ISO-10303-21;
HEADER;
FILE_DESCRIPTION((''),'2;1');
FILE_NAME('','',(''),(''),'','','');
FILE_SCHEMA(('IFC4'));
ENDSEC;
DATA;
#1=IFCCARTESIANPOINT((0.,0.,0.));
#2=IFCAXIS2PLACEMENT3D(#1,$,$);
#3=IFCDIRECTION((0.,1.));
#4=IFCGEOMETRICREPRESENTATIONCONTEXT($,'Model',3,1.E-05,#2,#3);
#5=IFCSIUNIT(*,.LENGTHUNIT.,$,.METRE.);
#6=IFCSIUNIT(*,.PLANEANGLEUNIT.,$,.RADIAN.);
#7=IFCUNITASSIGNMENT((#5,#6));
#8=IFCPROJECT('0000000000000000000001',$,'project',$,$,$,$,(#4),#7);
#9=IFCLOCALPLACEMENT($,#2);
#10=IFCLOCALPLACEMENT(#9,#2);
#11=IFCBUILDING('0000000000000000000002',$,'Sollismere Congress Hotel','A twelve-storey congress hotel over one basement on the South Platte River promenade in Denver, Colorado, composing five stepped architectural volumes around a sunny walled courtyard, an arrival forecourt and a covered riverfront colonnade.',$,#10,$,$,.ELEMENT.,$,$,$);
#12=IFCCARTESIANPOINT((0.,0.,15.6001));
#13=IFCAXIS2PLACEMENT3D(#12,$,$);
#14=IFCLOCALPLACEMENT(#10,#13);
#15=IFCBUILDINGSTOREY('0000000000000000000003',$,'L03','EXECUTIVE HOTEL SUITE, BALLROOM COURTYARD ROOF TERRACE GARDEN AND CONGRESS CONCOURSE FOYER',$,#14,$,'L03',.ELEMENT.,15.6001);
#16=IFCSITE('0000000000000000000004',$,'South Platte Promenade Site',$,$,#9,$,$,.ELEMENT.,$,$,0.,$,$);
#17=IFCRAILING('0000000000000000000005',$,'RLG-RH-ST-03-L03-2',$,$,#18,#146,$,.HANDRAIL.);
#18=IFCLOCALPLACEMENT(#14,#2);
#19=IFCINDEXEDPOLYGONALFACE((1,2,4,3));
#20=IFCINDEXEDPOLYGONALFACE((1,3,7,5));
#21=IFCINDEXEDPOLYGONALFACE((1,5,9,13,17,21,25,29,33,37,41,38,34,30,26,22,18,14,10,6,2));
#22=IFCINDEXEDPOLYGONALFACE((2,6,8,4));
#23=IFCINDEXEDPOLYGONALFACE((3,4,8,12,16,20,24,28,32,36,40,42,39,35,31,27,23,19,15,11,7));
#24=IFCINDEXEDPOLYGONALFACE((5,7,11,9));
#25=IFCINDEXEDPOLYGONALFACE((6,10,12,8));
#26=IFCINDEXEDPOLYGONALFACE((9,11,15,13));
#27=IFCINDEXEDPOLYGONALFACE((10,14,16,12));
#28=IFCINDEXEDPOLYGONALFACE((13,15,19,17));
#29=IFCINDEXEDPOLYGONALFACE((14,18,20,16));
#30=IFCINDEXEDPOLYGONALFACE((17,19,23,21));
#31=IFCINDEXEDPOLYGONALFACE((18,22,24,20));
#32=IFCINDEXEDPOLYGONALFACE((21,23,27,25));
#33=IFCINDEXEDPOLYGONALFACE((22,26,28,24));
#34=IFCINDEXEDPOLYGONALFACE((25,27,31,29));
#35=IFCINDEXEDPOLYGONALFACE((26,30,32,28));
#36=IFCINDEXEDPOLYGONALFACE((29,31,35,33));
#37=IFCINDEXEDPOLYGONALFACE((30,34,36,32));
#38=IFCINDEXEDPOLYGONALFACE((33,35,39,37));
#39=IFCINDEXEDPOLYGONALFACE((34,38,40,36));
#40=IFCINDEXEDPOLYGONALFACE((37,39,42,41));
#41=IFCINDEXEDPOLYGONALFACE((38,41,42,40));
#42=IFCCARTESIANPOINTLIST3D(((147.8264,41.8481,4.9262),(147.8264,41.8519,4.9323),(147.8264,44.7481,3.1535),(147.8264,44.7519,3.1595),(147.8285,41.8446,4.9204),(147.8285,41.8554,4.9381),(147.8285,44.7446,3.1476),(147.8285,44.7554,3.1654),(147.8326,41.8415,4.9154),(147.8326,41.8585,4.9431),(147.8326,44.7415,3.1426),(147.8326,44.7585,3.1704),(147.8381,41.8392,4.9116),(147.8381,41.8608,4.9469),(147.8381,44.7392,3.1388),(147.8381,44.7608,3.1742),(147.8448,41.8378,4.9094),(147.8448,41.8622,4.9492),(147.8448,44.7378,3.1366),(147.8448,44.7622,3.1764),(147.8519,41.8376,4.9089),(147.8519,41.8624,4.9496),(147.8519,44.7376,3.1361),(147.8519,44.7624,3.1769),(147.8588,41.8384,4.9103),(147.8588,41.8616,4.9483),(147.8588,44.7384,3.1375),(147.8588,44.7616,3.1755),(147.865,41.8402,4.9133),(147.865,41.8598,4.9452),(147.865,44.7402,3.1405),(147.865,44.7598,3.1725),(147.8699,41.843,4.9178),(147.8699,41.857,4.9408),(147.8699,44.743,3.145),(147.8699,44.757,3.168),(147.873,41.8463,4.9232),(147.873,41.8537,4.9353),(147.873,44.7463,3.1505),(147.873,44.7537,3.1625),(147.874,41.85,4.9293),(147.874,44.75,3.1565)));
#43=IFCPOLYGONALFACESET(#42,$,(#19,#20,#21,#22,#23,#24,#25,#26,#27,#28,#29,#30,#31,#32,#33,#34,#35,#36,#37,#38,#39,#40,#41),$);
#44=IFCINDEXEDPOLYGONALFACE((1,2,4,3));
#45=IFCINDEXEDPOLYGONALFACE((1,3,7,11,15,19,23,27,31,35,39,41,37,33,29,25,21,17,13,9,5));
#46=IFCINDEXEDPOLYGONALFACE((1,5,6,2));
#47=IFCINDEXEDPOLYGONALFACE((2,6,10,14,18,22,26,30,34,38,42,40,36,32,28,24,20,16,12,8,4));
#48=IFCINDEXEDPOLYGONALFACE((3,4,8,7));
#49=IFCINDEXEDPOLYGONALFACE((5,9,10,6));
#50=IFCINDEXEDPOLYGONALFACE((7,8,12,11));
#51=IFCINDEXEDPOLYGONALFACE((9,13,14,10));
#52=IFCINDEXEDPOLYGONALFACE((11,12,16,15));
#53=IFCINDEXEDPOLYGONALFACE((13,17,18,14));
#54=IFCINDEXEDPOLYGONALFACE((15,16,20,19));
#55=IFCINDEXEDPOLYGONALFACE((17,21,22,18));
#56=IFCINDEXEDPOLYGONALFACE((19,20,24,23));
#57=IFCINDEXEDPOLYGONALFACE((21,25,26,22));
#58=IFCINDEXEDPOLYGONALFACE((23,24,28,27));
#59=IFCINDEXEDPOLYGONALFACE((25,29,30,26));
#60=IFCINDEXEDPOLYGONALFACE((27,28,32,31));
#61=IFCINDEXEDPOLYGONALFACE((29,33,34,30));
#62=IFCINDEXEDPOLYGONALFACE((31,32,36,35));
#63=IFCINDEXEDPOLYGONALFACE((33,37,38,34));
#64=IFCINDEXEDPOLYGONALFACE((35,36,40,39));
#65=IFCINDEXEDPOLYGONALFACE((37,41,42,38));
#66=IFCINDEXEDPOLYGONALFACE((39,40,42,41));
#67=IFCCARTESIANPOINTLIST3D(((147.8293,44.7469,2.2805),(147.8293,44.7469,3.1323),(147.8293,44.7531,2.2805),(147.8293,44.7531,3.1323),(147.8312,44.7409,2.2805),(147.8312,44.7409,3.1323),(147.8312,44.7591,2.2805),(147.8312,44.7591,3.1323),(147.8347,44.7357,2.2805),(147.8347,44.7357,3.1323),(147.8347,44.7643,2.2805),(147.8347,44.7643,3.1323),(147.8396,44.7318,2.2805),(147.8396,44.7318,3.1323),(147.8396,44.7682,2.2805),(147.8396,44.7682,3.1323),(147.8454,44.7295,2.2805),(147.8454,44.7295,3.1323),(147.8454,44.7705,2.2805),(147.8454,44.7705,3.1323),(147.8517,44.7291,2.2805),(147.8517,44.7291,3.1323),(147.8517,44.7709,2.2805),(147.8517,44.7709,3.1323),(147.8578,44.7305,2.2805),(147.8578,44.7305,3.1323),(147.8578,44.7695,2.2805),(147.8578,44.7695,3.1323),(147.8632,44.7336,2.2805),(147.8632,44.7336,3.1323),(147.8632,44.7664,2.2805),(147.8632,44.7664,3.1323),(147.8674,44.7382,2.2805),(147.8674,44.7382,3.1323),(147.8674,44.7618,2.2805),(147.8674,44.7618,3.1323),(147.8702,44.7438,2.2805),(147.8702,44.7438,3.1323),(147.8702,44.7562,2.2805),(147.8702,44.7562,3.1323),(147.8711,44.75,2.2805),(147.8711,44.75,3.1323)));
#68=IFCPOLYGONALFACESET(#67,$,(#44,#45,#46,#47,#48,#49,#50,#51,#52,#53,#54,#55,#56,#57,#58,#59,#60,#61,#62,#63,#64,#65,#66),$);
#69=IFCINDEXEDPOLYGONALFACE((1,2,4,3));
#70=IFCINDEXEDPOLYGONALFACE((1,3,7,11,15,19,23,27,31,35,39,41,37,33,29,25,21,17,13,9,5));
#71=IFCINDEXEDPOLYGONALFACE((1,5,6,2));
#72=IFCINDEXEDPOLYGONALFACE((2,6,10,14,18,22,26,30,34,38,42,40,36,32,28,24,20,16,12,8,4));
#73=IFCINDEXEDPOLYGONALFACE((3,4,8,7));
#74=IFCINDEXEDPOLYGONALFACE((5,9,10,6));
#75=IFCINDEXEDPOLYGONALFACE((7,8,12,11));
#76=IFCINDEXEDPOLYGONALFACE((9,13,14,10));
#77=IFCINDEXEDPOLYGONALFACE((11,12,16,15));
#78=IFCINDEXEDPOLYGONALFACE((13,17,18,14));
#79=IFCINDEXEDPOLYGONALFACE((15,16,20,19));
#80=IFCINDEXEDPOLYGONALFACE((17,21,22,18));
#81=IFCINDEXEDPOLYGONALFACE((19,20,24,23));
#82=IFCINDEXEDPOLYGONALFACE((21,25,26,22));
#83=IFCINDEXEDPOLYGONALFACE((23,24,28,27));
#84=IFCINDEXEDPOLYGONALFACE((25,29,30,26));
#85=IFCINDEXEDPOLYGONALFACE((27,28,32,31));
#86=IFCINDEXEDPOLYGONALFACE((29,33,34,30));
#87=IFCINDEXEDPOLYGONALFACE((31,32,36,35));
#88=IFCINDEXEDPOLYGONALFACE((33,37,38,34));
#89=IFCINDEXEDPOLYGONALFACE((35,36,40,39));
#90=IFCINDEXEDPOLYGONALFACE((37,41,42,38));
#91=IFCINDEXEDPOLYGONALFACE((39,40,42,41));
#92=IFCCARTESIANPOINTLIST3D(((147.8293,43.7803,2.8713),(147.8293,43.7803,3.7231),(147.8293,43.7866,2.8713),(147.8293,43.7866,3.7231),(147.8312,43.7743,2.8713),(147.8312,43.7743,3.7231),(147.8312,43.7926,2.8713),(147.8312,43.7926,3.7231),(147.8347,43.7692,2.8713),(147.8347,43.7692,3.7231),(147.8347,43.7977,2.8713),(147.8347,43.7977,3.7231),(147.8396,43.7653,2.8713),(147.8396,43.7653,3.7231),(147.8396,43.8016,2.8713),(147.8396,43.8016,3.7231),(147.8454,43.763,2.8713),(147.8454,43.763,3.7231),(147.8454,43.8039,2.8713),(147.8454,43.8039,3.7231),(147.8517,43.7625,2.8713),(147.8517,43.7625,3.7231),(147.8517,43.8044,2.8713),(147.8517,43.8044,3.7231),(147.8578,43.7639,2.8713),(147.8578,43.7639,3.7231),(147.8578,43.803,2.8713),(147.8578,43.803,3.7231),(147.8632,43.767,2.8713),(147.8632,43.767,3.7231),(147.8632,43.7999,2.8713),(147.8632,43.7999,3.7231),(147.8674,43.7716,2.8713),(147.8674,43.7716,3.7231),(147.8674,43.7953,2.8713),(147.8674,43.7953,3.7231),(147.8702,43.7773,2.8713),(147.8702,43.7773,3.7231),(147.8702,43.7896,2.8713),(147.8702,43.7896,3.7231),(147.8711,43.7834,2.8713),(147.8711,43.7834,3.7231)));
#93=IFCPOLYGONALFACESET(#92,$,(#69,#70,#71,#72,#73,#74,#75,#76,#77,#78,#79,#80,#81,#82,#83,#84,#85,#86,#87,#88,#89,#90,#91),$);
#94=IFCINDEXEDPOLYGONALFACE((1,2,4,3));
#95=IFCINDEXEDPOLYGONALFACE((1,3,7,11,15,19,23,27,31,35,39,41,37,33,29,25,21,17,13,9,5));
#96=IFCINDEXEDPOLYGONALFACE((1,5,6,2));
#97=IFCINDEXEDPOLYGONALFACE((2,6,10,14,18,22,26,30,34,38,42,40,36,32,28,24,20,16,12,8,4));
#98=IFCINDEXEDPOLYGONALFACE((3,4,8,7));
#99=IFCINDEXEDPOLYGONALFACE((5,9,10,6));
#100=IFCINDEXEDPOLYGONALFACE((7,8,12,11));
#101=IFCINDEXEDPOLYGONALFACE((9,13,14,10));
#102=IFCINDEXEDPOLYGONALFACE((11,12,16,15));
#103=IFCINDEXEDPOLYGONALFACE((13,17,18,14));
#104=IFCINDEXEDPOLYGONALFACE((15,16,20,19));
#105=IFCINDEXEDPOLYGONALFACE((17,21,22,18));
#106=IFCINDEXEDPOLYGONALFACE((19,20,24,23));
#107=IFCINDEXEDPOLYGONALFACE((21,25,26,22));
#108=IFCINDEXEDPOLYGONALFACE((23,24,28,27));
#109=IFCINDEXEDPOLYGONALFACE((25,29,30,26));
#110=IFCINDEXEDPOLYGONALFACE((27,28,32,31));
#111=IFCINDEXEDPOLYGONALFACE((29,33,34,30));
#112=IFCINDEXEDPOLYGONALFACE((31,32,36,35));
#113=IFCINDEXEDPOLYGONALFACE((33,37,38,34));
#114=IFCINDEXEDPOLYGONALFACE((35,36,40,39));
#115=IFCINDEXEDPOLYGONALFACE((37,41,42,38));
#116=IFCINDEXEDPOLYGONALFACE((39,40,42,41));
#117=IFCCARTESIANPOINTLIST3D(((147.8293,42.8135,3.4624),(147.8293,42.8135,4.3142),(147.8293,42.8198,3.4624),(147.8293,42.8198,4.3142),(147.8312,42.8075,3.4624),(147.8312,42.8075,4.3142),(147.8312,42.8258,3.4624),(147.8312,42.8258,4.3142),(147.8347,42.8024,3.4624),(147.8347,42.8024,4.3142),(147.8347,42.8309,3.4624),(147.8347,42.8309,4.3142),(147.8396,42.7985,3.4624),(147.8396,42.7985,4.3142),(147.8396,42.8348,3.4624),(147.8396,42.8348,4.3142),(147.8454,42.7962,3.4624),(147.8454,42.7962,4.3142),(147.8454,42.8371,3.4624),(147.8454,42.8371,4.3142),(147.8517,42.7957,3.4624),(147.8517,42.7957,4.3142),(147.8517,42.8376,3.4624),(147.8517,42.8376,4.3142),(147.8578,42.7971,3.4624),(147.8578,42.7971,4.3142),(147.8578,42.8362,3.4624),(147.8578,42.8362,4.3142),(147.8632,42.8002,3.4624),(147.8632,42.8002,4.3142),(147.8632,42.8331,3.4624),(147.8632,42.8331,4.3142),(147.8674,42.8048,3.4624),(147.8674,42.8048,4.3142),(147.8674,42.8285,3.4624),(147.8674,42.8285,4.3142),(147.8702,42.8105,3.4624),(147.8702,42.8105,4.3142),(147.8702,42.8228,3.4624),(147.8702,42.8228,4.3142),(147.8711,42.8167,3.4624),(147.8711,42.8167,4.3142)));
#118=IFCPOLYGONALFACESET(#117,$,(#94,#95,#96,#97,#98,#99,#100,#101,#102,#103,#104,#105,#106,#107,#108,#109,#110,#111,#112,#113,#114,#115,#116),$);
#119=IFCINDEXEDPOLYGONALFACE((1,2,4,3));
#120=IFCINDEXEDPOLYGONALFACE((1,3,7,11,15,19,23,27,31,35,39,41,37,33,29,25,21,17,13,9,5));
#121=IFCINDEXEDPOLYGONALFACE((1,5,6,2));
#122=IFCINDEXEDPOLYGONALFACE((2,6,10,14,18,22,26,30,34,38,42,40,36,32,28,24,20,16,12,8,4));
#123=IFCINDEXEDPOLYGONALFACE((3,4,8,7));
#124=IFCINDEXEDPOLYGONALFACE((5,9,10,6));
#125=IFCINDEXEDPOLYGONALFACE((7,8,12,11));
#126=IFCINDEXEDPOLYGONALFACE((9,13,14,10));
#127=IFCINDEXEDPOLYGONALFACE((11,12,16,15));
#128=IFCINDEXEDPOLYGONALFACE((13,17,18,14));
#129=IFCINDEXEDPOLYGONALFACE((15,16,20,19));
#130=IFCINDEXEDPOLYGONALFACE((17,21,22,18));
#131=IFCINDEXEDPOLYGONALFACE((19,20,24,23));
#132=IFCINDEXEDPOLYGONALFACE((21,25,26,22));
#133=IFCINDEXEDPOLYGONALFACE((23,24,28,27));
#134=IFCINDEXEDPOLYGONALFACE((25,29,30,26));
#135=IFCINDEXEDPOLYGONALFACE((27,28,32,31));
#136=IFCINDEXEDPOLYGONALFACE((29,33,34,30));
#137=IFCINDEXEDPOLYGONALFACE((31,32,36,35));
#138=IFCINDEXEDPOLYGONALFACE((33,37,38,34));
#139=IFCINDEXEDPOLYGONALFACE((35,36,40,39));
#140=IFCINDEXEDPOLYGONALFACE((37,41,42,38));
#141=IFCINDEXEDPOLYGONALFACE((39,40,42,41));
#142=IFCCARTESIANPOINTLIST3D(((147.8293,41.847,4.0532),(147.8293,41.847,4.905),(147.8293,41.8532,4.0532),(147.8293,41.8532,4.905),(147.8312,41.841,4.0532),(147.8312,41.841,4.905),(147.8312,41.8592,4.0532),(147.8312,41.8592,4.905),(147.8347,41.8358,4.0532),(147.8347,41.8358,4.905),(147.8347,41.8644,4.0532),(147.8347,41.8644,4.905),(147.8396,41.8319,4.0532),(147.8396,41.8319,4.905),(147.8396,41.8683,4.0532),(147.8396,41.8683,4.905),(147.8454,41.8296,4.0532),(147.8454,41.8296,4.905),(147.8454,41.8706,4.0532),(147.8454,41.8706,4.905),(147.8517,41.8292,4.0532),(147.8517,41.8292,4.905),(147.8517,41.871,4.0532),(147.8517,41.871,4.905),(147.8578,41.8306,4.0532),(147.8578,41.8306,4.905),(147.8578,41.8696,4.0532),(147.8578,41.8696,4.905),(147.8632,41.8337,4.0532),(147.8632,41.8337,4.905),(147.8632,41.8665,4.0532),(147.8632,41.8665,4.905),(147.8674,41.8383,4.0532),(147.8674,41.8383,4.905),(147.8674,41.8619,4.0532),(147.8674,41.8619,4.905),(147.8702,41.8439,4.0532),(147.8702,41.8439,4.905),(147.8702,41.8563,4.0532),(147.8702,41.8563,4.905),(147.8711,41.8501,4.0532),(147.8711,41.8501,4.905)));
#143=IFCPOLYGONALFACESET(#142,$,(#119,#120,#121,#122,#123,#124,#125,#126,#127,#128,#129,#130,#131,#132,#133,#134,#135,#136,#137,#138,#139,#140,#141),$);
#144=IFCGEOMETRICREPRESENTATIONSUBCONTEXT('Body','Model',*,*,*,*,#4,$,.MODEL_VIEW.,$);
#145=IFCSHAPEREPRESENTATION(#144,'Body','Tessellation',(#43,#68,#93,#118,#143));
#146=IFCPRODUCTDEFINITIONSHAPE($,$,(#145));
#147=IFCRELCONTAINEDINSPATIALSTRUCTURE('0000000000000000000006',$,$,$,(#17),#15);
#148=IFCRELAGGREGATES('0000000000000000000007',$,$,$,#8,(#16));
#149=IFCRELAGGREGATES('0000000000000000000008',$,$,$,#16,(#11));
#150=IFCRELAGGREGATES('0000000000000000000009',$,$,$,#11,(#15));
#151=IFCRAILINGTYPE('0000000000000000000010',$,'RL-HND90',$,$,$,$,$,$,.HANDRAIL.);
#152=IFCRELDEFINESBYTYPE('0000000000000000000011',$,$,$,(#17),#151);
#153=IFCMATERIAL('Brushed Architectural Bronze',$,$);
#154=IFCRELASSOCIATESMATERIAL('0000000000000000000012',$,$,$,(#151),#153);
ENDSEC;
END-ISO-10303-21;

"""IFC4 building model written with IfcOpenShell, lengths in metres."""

from ifc_helpers import new_model, si_unit, direction, frame, origin, origin_2d, place, context, subcontext, project, spatial, circle, extrude, material, type_object, element, save


model = new_model("IFC4")

# Units and contexts
model_context = context("Model", 3, precision=1e-05, world=origin(), true_north=direction((0.0, 1.0)))
body_context = subcontext(model_context, "Body", "Model", "MODEL_VIEW")
ifc_project = project(units=[si_unit("LENGTHUNIT", "METRE"), si_unit("PLANEANGLEUNIT", "RADIAN")], contexts=[model_context])

# Site, building, storey
site_placement = place(None, origin())
site = spatial("IfcSite", under=ifc_project, at=site_placement, Name="South Platte Promenade Site", CompositionType="ELEMENT", RefElevation=0.0)
building_placement = place(site_placement, origin())
building = spatial("IfcBuilding", under=site, at=building_placement, Name="Sollismere Congress Hotel", Description="A twelve-storey congress hotel over one basement on the South Platte River promenade in Denver, Colorado, composing five stepped architectural volumes around a sunny walled courtyard, an arrival forecourt and a covered riverfront colonnade.", CompositionType="ELEMENT")
storey_placement = place(building_placement, frame((0.0, 0.0, 15.6001)))
storey = spatial("IfcBuildingStorey", under=building, at=storey_placement, Name="L03", Description="EXECUTIVE HOTEL SUITE, BALLROOM COURTYARD ROOF TERRACE GARDEN AND CONGRESS CONCOURSE FOYER", LongName="L03", CompositionType="ELEMENT", Elevation=15.6001)

# Railing
ifc_material_1 = material(Name="Brushed Architectural Bronze")
railing_type_1 = type_object("IfcRailingType", Name="RL-HND90", PredefinedType="HANDRAIL", material=ifc_material_1)
railing_1_placement = place(storey_placement, frame((147.8501, 44.75, 2.2805)))
element("IfcRailing", 1, at=railing_1_placement, inside=storey, type_object=railing_type_1, Name="RLG-RH-ST-03-L03-2", PredefinedType="HANDRAIL", context=body_context, shape_type="SweptSolid", body=[
    extrude(circle(Radius=0.0239, at=origin_2d()), frame((0.0, 0.0, 0.876), z_axis=(0.0, -0.853211, 0.521566), x_axis=(1.0, 0.0, 0.0)), (0.0, 0.0, 1.0), 3.3989),
    extrude(circle(Radius=0.021, at=origin_2d()), origin(), (0.0, 0.0, 1.0), 0.8518),
    extrude(circle(Radius=0.021, at=origin_2d()), frame((0.0, -0.9666, 0.5908)), (0.0, 0.0, 1.0), 0.8518),
    extrude(circle(Radius=0.021, at=origin_2d()), frame((0.0, -1.9333, 1.1819)), (0.0, 0.0, 1.0), 0.8518),
    extrude(circle(Radius=0.021, at=origin_2d()), frame((0.0, -2.8999, 1.7727)), (0.0, 0.0, 1.0), 0.8518),
])

save(model, "model.ifc")
